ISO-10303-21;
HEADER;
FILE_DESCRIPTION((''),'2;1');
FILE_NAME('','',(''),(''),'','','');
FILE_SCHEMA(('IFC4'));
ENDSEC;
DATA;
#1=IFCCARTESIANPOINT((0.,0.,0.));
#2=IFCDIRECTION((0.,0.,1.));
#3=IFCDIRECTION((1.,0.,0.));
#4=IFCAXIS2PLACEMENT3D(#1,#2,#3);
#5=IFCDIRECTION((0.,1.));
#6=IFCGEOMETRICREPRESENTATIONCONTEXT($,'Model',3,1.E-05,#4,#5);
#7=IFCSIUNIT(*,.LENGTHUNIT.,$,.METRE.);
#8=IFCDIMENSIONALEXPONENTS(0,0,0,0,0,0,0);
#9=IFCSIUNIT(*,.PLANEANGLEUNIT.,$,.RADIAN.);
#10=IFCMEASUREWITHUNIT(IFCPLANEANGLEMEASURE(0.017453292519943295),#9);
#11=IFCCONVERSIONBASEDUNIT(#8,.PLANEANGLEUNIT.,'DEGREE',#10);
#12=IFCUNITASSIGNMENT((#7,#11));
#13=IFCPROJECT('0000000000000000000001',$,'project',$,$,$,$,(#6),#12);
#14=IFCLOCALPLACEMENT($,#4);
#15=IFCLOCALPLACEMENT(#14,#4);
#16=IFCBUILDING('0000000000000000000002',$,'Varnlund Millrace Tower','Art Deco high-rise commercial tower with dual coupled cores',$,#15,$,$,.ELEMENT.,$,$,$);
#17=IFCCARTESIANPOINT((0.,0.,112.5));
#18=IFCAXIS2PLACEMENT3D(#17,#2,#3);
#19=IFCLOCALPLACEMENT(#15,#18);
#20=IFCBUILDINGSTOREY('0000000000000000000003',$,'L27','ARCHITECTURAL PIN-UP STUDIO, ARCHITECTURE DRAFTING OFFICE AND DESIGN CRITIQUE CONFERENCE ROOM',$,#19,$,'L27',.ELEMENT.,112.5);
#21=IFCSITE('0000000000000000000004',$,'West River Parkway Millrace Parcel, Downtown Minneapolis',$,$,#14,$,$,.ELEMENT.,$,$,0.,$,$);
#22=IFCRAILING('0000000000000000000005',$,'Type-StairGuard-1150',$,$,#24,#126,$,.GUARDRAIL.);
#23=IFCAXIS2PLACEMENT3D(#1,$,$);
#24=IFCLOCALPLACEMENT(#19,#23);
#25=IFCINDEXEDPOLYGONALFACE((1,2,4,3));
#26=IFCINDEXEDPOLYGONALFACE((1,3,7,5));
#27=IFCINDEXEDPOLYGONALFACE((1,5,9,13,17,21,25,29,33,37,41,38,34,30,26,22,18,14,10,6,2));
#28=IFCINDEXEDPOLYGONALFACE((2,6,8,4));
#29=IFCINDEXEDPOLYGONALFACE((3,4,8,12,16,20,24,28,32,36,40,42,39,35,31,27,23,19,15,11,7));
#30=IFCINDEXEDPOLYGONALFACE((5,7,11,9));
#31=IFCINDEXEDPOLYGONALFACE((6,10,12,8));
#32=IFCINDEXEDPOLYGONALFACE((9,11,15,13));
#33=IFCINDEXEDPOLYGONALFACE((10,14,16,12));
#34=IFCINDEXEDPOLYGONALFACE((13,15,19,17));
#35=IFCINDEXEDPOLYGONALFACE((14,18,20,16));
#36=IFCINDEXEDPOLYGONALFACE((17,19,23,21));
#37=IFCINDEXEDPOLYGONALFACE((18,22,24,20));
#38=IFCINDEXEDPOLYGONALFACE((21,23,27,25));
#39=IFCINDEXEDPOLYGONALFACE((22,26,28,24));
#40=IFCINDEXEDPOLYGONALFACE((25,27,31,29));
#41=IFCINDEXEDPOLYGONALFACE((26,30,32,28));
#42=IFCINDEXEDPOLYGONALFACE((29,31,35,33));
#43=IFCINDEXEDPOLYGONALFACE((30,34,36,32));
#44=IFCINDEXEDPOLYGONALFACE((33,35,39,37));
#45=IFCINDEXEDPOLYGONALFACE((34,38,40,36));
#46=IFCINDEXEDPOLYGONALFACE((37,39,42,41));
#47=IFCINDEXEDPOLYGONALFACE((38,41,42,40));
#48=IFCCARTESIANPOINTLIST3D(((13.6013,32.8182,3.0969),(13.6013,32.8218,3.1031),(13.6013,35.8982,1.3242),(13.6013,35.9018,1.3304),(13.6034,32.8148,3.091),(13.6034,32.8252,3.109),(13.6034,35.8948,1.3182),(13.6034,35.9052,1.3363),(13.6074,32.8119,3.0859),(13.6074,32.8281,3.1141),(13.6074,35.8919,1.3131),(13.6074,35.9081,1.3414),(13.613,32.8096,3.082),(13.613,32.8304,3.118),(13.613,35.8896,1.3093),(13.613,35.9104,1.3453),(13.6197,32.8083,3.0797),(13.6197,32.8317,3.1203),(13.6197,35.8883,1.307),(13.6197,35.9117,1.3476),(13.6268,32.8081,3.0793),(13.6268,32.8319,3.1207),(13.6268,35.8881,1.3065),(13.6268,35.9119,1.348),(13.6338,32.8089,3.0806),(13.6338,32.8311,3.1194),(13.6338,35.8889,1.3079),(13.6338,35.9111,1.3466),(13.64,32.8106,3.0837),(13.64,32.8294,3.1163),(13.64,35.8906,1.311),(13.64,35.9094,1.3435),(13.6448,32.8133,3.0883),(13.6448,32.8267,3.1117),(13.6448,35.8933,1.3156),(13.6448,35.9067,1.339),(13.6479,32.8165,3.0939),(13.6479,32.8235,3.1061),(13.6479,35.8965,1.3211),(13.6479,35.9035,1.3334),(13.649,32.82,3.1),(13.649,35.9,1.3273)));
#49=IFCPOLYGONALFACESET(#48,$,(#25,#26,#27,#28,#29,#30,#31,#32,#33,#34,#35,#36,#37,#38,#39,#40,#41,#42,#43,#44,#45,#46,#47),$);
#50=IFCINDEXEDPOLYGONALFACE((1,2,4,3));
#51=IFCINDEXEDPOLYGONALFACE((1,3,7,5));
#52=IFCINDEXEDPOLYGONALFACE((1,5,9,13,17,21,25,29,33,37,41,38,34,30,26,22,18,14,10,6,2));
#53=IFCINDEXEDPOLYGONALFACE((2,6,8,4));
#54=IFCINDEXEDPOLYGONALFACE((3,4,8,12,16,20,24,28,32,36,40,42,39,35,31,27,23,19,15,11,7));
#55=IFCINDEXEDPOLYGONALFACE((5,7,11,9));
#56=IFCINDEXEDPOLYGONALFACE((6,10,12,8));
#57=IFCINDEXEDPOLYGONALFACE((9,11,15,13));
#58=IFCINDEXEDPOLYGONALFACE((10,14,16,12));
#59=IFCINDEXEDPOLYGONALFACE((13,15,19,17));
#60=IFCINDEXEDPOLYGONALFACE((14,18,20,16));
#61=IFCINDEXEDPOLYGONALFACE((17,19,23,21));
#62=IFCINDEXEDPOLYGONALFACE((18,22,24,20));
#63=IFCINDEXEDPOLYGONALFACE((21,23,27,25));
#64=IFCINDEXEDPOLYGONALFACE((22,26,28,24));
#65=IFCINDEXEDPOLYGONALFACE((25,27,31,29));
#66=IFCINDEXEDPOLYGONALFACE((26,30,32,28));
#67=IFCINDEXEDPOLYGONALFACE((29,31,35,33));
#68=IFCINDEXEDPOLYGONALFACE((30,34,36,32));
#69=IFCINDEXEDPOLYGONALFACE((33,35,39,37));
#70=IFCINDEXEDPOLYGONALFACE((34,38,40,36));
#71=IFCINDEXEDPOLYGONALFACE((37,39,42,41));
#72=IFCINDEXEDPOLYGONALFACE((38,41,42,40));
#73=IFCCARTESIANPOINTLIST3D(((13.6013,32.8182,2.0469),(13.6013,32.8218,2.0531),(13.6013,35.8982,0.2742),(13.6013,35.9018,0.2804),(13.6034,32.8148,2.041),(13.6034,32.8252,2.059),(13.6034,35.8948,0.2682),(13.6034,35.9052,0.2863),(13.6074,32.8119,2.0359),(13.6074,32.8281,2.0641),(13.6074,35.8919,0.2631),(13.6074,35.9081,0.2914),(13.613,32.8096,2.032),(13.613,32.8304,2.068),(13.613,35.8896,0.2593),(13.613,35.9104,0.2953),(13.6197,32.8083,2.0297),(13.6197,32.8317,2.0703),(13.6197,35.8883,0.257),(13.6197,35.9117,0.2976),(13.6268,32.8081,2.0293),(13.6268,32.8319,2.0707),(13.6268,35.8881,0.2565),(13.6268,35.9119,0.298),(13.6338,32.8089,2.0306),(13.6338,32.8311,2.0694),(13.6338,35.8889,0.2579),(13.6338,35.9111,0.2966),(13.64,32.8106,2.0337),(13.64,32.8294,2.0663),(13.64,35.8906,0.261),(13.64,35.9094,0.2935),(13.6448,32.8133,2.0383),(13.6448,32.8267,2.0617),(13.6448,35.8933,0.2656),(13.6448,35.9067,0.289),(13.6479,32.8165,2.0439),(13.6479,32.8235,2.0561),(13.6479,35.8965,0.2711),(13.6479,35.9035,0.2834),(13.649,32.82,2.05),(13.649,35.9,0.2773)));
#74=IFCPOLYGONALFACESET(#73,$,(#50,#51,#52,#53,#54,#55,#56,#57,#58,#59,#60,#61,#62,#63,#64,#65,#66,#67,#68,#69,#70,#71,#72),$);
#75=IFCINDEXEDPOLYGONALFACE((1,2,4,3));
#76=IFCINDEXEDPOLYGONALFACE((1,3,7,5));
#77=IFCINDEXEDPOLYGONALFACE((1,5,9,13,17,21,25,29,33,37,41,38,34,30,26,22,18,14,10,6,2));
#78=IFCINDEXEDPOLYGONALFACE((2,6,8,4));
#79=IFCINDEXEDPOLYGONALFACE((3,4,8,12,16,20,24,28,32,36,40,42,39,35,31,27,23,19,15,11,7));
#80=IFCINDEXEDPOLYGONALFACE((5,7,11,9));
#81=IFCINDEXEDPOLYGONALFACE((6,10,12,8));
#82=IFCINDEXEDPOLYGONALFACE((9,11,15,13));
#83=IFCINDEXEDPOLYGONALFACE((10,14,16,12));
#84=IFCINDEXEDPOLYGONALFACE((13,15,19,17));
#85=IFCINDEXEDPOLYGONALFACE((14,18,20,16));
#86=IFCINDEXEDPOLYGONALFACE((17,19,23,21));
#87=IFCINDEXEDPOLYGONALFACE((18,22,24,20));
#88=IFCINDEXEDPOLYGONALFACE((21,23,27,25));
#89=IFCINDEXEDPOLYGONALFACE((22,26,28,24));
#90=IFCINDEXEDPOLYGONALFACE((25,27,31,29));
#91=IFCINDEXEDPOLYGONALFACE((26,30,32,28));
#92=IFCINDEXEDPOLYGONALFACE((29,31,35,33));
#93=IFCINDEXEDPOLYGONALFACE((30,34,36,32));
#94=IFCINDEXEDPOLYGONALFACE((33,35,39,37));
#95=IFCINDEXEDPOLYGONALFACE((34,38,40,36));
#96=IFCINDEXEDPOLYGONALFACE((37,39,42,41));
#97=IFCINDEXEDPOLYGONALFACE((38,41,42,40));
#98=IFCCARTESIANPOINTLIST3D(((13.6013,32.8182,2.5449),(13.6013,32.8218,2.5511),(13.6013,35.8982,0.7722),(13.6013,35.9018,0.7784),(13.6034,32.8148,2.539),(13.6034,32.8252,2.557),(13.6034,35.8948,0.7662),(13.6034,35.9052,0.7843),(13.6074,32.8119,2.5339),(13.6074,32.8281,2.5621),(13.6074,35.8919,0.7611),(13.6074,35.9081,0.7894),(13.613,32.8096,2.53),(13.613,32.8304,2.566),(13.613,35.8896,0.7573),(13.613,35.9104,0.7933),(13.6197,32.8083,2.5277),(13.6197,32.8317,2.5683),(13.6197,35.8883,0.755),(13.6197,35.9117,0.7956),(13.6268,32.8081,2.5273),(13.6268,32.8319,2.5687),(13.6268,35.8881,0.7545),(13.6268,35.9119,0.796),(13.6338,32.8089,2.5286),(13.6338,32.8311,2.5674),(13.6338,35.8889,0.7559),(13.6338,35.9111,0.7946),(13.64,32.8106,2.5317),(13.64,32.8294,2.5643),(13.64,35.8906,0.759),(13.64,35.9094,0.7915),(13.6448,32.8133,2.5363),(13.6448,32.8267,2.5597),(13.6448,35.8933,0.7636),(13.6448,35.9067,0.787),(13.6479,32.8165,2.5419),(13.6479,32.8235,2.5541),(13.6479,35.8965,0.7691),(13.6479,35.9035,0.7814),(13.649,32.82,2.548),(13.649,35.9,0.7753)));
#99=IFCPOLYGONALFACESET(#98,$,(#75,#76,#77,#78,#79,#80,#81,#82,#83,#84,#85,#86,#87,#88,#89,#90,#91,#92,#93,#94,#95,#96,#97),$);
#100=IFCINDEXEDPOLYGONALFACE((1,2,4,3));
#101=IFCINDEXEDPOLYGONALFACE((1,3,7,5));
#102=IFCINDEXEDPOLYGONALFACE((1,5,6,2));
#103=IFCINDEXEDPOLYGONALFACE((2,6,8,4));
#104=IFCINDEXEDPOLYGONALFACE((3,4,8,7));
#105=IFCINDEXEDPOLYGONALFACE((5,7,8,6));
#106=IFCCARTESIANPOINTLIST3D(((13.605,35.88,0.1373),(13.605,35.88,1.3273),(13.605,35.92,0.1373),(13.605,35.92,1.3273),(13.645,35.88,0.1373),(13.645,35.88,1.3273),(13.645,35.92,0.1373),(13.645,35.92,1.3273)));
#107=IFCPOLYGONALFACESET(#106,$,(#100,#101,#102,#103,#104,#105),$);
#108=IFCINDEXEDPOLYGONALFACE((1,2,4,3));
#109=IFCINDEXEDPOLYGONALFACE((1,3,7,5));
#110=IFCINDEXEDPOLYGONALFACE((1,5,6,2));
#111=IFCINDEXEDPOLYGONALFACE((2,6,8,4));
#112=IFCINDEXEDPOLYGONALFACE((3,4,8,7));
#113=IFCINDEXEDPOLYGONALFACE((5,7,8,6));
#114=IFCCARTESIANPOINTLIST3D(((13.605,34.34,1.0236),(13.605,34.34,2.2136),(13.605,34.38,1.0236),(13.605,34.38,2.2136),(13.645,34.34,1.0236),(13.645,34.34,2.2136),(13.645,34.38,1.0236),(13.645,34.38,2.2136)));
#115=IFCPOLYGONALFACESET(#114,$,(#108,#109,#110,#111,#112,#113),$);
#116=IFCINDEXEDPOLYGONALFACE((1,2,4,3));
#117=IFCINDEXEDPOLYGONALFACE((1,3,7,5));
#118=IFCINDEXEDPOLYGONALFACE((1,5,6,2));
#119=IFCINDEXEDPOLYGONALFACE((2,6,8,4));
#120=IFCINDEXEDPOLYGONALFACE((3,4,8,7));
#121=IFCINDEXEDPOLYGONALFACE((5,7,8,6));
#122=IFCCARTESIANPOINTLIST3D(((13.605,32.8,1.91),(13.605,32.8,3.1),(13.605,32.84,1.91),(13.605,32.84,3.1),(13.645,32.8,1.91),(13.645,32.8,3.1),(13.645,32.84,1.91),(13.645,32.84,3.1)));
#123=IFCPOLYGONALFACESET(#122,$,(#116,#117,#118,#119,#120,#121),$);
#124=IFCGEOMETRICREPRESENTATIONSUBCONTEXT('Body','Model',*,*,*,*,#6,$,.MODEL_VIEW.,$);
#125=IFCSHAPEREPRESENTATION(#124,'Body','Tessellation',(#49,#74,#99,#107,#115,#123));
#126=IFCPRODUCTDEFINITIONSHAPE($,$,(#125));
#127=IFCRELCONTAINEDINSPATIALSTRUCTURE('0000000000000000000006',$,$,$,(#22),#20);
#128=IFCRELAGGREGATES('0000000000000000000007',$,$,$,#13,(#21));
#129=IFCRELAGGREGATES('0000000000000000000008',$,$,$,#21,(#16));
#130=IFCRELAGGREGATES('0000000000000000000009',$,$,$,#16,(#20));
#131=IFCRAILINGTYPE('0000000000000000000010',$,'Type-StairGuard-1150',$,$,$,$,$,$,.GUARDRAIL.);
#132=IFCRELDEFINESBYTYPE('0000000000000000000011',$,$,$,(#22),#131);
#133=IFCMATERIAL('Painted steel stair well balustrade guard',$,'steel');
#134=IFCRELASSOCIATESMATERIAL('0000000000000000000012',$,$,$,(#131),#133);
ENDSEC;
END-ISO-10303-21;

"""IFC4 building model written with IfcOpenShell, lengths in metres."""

from ifc_helpers import new_model, entity, si_unit, converted_unit, direction, frame, origin_with_axes, origin_2d_with_axis, place, context, subcontext, project, spatial, rectangle, circle, extrude, material, type_object, element, save


model = new_model("IFC4")

# Units and contexts
model_context = context("Model", 3, precision=1e-05, world=origin_with_axes(), true_north=direction((0.0, 1.0)))
body_context = subcontext(model_context, "Body", "Model", "MODEL_VIEW")
ifc_project = project(units=[si_unit("LENGTHUNIT", "METRE"), converted_unit("PLANEANGLEUNIT", "DEGREE", entity("IfcPlaneAngleMeasure", 0.017453292519943295), si_unit("PLANEANGLEUNIT", "RADIAN"), dimensions=[0, 0, 0, 0, 0, 0, 0])], contexts=[model_context])

# Site, building, storey
site_placement = place(None, origin_with_axes())
site = spatial("IfcSite", under=ifc_project, at=site_placement, Name="West River Parkway Millrace Parcel, Downtown Minneapolis", CompositionType="ELEMENT", RefElevation=0.0)
building_placement = place(site_placement, origin_with_axes())
building = spatial("IfcBuilding", under=site, at=building_placement, Name="Varnlund Millrace Tower", Description="Art Deco high-rise commercial tower with dual coupled cores", CompositionType="ELEMENT")
storey_placement = place(building_placement, frame((0.0, 0.0, 112.5), z_axis=(0.0, 0.0, 1.0), x_axis=(1.0, 0.0, 0.0)))
storey = spatial("IfcBuildingStorey", under=building, at=storey_placement, Name="L27", Description="ARCHITECTURAL PIN-UP STUDIO, ARCHITECTURE DRAFTING OFFICE AND DESIGN CRITIQUE CONFERENCE ROOM", LongName="L27", CompositionType="ELEMENT", Elevation=112.5)

# Railing
ifc_material_1 = material(Name="Painted steel stair well balustrade guard", Category="steel")
railing_type_1 = type_object("IfcRailingType", Name="Type-StairGuard-1150", PredefinedType="GUARDRAIL", material=ifc_material_1)
railing_1_placement = place(storey_placement, frame((0.0, 0.0, -112.5), z_axis=(0.0, 0.0, 1.0), x_axis=(1.0, 0.0, 0.0)))
element("IfcRailing", 1, at=railing_1_placement, inside=storey, type_object=railing_type_1, Name="Type-StairGuard-1150", PredefinedType="GUARDRAIL", context=body_context, shape_type="SweptSolid", body=[
    extrude(circle(Radius=0.024, at=origin_2d_with_axis()), frame((13.625, 35.9, 113.8273), z_axis=(0.0, -0.866696, 0.498836), x_axis=(1.0, 0.0, 0.0)), (0.0, 0.0, 1.0), 3.5537),
    extrude(circle(Radius=0.024, at=origin_2d_with_axis()), frame((13.625, 35.9, 112.7773), z_axis=(0.0, -0.866696, 0.498836), x_axis=(1.0, 0.0, 0.0)), (0.0, 0.0, 1.0), 3.5537),
    extrude(circle(Radius=0.024, at=origin_2d_with_axis()), frame((13.625, 35.9, 113.2753), z_axis=(0.0, -0.866696, 0.498836), x_axis=(1.0, 0.0, 0.0)), (0.0, 0.0, 1.0), 3.5537),
    extrude(rectangle(XDim=0.04, YDim=0.04, at=origin_2d_with_axis()), frame((13.625, 35.9, 112.6373), z_axis=(0.0, 0.0, 1.0), x_axis=(1.0, 0.0, 0.0)), (0.0, 0.0, 1.0), 1.19),
    extrude(rectangle(XDim=0.04, YDim=0.04, at=origin_2d_with_axis()), frame((13.625, 34.36, 113.5236), z_axis=(0.0, 0.0, 1.0), x_axis=(1.0, 0.0, 0.0)), (0.0, 0.0, 1.0), 1.19),
    extrude(rectangle(XDim=0.04, YDim=0.04, at=origin_2d_with_axis()), frame((13.625, 32.82, 114.41), z_axis=(0.0, 0.0, 1.0), x_axis=(1.0, 0.0, 0.0)), (0.0, 0.0, 1.0), 1.19),
])

save(model, "model.ifc")
